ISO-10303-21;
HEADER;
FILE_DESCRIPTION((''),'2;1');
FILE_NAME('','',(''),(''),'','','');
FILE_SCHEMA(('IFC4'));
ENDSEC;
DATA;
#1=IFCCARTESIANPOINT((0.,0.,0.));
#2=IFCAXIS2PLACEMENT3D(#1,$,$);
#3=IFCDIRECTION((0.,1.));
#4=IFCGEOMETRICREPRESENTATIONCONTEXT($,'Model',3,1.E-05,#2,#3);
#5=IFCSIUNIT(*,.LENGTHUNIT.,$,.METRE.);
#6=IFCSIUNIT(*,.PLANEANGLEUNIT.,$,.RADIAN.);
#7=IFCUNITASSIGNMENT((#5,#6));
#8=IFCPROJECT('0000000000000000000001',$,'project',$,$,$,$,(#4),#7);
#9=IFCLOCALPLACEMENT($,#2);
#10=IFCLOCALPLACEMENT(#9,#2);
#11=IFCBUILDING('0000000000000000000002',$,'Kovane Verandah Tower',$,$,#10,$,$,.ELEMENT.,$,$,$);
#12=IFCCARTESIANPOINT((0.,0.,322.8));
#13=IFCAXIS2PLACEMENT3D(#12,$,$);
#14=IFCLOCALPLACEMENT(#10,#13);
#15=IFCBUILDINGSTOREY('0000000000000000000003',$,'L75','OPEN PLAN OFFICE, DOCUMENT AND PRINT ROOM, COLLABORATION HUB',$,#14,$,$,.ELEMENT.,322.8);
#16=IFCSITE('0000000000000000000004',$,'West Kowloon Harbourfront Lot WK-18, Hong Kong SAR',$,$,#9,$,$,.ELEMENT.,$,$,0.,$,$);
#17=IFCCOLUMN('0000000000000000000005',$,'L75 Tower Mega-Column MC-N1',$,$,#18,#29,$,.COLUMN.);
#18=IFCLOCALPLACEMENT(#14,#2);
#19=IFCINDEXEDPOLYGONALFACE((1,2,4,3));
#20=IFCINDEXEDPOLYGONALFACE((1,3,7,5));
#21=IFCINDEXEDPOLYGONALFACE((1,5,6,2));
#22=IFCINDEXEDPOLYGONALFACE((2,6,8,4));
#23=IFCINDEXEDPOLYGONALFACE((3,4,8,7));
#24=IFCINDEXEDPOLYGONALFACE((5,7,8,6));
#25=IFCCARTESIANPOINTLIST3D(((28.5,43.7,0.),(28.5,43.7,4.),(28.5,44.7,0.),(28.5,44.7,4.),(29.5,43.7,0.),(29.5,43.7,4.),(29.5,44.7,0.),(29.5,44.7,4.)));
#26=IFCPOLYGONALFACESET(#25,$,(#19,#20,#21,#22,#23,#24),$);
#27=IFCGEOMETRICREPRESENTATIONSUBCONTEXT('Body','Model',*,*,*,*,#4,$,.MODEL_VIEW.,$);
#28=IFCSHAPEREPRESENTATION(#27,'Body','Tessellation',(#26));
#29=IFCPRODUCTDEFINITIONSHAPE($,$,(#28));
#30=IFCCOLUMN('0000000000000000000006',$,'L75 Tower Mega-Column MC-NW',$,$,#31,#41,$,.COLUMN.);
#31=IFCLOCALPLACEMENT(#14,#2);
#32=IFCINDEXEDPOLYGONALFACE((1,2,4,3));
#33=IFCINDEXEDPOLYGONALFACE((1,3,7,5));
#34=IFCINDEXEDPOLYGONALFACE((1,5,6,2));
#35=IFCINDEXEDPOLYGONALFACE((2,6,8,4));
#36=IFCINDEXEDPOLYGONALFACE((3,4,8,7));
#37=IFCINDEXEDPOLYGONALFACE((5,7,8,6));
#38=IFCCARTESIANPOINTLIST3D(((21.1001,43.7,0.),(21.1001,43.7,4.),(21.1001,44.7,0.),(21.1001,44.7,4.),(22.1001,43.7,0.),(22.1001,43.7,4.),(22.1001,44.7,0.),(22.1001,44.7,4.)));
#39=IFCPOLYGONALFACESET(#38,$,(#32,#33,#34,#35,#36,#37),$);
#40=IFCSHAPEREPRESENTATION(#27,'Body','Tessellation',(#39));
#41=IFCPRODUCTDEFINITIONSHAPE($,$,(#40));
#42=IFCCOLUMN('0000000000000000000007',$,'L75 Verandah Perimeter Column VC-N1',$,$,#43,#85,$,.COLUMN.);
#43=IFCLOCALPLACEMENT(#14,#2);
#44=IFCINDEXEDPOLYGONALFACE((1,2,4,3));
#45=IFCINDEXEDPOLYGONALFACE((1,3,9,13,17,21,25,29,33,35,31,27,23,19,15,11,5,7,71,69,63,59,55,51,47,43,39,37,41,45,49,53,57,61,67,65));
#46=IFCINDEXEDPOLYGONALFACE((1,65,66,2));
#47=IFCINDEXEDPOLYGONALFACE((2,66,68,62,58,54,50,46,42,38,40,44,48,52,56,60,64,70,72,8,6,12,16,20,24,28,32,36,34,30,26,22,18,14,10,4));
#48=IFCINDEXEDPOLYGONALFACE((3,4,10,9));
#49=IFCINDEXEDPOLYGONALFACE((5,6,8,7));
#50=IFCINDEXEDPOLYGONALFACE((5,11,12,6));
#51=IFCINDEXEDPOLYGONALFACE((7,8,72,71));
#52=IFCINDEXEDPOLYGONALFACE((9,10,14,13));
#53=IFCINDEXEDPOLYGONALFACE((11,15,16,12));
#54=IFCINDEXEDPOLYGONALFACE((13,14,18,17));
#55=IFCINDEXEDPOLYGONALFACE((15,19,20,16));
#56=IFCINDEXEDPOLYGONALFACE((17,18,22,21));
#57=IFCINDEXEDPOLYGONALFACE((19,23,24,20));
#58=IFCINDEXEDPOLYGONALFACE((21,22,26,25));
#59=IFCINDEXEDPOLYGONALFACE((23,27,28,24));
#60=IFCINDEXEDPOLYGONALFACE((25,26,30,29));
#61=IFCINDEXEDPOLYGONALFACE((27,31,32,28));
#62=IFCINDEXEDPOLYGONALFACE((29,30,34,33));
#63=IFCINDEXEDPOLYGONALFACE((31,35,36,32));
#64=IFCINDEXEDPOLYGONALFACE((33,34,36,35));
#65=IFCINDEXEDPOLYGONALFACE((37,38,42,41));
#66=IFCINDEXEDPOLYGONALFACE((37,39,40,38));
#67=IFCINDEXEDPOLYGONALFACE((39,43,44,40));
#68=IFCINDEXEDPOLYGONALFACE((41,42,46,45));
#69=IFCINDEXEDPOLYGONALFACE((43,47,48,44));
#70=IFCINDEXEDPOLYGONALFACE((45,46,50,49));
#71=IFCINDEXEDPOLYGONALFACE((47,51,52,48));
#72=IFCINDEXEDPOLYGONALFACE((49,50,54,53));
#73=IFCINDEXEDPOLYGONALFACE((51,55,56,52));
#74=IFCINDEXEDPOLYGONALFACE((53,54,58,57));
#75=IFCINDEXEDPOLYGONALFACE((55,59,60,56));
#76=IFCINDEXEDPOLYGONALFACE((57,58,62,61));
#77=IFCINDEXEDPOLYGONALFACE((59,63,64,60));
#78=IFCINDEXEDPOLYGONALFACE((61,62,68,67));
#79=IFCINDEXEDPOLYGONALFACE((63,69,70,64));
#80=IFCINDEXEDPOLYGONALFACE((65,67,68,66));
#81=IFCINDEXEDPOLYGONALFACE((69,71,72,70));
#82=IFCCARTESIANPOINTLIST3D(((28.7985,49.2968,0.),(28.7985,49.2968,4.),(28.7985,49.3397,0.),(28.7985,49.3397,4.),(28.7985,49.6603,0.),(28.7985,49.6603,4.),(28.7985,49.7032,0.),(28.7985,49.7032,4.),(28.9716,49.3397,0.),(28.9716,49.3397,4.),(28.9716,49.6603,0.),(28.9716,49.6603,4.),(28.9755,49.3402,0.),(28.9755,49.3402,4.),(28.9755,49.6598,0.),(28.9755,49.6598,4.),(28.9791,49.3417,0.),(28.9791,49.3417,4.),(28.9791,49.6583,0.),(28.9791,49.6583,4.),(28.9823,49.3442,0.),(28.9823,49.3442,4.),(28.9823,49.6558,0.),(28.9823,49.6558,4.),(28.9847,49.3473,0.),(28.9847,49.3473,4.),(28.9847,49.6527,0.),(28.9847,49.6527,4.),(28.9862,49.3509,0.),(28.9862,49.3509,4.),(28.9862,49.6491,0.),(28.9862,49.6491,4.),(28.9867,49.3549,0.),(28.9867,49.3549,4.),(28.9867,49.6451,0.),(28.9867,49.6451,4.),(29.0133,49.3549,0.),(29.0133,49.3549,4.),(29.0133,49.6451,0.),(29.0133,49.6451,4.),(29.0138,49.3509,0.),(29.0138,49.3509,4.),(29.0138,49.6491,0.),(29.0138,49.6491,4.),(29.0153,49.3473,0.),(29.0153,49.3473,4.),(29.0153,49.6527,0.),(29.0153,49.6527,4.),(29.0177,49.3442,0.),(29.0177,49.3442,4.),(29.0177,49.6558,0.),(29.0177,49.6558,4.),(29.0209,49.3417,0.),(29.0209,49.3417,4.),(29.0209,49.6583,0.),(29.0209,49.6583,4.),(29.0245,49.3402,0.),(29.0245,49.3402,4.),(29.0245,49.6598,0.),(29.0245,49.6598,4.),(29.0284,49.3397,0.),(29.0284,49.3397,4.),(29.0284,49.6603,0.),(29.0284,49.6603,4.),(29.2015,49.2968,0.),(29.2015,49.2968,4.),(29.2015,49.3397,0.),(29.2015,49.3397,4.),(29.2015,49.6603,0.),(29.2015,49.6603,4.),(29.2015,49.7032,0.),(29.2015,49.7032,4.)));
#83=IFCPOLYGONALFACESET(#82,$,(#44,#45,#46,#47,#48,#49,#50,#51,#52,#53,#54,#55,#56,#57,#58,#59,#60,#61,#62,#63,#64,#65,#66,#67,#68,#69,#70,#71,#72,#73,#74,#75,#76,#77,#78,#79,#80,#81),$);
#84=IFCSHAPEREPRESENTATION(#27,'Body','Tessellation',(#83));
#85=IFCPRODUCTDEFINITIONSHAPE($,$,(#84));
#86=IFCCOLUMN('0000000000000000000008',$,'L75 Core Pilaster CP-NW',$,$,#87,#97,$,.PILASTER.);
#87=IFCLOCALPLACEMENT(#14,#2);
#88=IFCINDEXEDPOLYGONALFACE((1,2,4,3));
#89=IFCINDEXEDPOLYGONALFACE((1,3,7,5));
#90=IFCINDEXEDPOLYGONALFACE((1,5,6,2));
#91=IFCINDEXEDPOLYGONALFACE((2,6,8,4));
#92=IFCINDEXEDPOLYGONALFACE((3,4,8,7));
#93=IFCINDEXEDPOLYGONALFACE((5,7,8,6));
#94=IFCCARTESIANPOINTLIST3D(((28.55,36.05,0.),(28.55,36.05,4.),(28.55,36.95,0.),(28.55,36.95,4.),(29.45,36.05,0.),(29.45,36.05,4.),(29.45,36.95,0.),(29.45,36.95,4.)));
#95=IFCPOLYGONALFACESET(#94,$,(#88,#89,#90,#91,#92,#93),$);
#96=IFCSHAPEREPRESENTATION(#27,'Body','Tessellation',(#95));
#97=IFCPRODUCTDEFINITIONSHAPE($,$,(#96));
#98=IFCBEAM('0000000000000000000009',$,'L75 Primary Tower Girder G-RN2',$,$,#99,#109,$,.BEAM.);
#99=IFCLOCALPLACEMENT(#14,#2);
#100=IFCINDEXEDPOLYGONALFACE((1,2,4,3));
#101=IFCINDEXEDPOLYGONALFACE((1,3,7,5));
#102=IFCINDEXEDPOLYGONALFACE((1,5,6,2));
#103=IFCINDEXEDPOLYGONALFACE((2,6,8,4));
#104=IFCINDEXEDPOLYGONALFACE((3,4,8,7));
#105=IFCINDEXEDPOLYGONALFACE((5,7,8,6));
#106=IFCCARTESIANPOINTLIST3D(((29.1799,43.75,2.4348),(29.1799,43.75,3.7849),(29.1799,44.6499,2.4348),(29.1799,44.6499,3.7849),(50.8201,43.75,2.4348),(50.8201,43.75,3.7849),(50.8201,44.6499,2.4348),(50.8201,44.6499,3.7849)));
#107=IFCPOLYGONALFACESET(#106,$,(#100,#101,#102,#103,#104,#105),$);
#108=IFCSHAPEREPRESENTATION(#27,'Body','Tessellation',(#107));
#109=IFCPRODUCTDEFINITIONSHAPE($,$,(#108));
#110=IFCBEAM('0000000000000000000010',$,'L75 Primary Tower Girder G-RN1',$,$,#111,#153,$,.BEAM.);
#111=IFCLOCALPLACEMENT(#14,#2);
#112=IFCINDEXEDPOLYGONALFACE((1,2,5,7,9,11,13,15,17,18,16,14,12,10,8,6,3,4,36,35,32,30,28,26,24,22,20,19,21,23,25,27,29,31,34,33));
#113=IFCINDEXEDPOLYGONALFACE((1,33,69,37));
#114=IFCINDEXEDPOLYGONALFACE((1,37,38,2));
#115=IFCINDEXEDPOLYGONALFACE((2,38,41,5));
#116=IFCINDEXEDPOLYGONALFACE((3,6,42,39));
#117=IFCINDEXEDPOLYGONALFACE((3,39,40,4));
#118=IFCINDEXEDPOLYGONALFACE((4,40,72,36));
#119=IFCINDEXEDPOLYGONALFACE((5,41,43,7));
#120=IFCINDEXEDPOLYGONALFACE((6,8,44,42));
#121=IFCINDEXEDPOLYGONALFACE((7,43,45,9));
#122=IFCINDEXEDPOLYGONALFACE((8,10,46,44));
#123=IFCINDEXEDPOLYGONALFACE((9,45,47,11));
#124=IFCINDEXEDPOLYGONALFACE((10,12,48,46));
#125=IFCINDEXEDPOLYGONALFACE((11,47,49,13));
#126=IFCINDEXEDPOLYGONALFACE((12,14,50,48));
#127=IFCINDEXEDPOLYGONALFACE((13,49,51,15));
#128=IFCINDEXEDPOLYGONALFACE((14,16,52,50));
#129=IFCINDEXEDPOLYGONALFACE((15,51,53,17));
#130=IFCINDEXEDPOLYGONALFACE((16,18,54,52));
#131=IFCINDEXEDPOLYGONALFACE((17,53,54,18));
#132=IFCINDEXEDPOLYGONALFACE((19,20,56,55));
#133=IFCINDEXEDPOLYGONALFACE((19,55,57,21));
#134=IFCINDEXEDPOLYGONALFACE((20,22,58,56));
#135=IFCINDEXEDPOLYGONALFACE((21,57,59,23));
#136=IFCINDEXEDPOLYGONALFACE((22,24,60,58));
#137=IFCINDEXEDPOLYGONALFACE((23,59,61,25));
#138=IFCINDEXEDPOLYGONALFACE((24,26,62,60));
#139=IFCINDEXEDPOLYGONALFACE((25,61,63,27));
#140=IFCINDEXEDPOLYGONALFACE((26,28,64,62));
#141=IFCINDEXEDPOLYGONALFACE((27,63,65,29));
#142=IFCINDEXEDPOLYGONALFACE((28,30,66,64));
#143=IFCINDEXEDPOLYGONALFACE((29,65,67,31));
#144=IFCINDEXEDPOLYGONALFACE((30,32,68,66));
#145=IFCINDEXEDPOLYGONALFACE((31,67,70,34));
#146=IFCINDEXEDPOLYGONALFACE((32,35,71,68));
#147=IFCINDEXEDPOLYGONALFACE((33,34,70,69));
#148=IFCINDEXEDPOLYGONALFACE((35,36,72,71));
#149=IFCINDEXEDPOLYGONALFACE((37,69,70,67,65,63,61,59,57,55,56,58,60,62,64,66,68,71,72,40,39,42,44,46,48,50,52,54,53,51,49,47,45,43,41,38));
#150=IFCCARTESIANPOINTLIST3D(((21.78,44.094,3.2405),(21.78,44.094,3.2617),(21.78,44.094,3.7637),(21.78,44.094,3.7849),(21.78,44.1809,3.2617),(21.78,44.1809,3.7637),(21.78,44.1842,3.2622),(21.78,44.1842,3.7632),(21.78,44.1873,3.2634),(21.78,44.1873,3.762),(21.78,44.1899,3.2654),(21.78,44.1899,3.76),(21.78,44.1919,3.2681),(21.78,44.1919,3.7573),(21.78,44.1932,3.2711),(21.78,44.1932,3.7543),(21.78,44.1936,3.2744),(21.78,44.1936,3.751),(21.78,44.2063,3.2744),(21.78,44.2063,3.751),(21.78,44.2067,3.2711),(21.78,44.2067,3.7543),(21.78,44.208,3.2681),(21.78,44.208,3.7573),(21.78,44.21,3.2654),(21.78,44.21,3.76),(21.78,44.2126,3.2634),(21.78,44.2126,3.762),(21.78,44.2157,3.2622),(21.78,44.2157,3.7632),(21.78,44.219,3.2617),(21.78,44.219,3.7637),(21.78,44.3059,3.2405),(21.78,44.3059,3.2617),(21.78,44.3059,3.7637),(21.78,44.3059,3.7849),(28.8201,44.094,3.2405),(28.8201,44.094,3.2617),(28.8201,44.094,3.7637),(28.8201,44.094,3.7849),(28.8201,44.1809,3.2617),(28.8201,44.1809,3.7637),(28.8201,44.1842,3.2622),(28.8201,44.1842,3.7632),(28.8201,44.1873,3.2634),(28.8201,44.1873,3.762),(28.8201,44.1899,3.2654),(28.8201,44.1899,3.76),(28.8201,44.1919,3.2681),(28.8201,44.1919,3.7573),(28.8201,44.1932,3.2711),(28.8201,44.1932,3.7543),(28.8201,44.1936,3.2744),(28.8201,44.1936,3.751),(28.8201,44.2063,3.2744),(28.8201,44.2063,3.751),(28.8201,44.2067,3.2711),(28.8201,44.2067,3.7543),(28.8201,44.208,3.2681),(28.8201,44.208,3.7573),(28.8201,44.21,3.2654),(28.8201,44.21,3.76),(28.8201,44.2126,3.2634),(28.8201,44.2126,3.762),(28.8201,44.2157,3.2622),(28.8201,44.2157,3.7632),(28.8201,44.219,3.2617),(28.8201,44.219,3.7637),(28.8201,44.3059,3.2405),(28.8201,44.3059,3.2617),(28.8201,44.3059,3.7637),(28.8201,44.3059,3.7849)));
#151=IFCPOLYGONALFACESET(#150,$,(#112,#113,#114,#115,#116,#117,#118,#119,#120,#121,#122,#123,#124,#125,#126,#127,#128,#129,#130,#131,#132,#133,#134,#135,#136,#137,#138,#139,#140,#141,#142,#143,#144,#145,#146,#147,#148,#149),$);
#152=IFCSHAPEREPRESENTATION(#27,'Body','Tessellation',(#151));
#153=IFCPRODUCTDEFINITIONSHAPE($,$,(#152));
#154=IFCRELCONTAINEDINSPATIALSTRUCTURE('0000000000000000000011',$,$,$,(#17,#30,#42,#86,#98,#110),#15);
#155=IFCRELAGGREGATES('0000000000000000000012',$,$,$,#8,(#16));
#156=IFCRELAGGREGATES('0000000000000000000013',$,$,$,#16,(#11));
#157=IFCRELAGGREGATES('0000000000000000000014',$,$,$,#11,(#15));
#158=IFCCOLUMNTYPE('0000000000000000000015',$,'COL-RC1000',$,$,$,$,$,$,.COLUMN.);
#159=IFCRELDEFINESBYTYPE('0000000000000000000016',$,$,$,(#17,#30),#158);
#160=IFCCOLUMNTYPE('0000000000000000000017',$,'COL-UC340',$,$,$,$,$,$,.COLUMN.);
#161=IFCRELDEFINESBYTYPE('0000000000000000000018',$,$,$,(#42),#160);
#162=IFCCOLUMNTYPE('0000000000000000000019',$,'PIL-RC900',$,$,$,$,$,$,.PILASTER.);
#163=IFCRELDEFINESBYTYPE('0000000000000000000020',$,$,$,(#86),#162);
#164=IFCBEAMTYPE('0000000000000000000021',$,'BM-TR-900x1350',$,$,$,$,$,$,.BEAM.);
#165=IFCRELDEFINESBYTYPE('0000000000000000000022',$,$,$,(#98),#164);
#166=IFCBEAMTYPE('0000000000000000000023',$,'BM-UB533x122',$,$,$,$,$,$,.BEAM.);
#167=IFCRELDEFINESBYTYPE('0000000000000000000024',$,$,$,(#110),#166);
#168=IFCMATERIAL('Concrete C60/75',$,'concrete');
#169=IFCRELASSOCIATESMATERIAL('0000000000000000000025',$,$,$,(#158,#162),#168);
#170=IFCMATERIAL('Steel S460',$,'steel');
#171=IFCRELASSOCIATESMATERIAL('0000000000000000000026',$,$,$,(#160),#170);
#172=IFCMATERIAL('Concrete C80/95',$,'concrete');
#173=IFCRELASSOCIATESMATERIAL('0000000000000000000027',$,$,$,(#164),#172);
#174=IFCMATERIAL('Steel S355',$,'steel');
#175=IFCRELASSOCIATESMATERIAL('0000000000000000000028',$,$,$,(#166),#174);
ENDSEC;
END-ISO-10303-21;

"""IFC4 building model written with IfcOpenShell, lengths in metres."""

from ifc_helpers import new_model, si_unit, direction, frame, origin, origin_2d, place, context, subcontext, project, spatial, rectangle, i_section, extrude, material, material_profile, profile_set, type_object, element, save


model = new_model("IFC4")

# Units and contexts
model_context = context("Model", 3, precision=1e-05, world=origin(), true_north=direction((0.0, 1.0)))
body_context = subcontext(model_context, "Body", "Model", "MODEL_VIEW")
ifc_project = project(units=[si_unit("LENGTHUNIT", "METRE"), si_unit("PLANEANGLEUNIT", "RADIAN")], contexts=[model_context])

# Site, building, storey
site_placement = place(None, origin())
site = spatial("IfcSite", under=ifc_project, at=site_placement, Name="West Kowloon Harbourfront Lot WK-18, Hong Kong SAR", CompositionType="ELEMENT", RefElevation=0.0)
building_placement = place(site_placement, origin())
building = spatial("IfcBuilding", under=site, at=building_placement, Name="Kovane Verandah Tower", CompositionType="ELEMENT")
storey_placement = place(building_placement, frame((0.0, 0.0, 322.8)))
storey = spatial("IfcBuildingStorey", under=building, at=storey_placement, Name="L75", Description="OPEN PLAN OFFICE, DOCUMENT AND PRINT ROOM, COLLABORATION HUB", CompositionType="ELEMENT", Elevation=322.8)

# Columns
ifc_material_1 = material(Name="Concrete C60/75", Category="concrete")
ifc_material_profile_1 = material_profile(ifc_material_1, rectangle(XDim=1.0, YDim=1.0, at=origin_2d()), Name="RC1000x1000")
ifc_profile_set_1 = profile_set([ifc_material_profile_1], Name="Concrete C60/75")
column_type_1 = type_object("IfcColumnType", Name="COL-RC1000", PredefinedType="COLUMN", material=ifc_profile_set_1)
for number, where, z_axis, x_axis, name in (
    (1, (29.0, 44.2, 0.0), (0.0, 0.0, 1.0), (1.0, 0.0, 0.0), "L75 Tower Mega-Column MC-N1"),
    (2, (21.6001, 44.2, 0.0), (0.0, 0.0, 1.0), (1.0, 0.0, 0.0), "L75 Tower Mega-Column MC-NW"),
):
    element("IfcColumn", number, at=place(storey_placement, frame(where, z_axis=z_axis, x_axis=x_axis)), inside=storey, type_object=column_type_1, Name=name, PredefinedType="COLUMN", context=body_context, shape_type="SweptSolid", body=[
        extrude(rectangle(XDim=1.0, YDim=1.0, at=origin_2d()), origin(), (0.0, 0.0, 1.0), 4.0),
    ])
ifc_material_2 = material(Name="Steel S460", Category="steel")
ifc_material_profile_2 = material_profile(ifc_material_2, i_section(OverallWidth=0.4031, OverallDepth=0.4065, WebThickness=0.0266, FlangeThickness=0.043, FilletRadius=0.0151, at=origin_2d()), Name="UC356x406x340")
ifc_profile_set_2 = profile_set([ifc_material_profile_2], Name="Steel S460")
column_type_2 = type_object("IfcColumnType", Name="COL-UC340", PredefinedType="COLUMN", material=ifc_profile_set_2)
column_1_placement = place(storey_placement, frame((29.0, 49.5, 0.0), z_axis=(0.0, 0.0, 1.0), x_axis=(1.0, 0.0, 0.0)))
element("IfcColumn", 3, at=column_1_placement, inside=storey, type_object=column_type_2, Name="L75 Verandah Perimeter Column VC-N1", PredefinedType="COLUMN", context=body_context, shape_type="SweptSolid", body=[
    extrude(i_section(OverallWidth=0.4031, OverallDepth=0.4065, WebThickness=0.0266, FlangeThickness=0.043, FilletRadius=0.0151, at=origin_2d()), origin(), (0.0, 0.0, 1.0), 4.0),
])
ifc_material_profile_3 = material_profile(ifc_material_1, rectangle(XDim=0.8999, YDim=0.8999, at=origin_2d()), Name="RC900x900")
ifc_profile_set_3 = profile_set([ifc_material_profile_3], Name="Concrete C60/75")
column_type_3 = type_object("IfcColumnType", Name="PIL-RC900", PredefinedType="PILASTER", material=ifc_profile_set_3)
column_2_placement = place(storey_placement, frame((29.0, 36.5, 0.0), z_axis=(0.0, 0.0, 1.0), x_axis=(1.0, 0.0, 0.0)))
element("IfcColumn", 4, at=column_2_placement, inside=storey, type_object=column_type_3, Name="L75 Core Pilaster CP-NW", PredefinedType="PILASTER", context=body_context, shape_type="SweptSolid", body=[
    extrude(rectangle(XDim=0.8999, YDim=0.8999, at=origin_2d()), origin(), (0.0, 0.0, 1.0), 4.0),
])

# Beams
ifc_material_3 = material(Name="Concrete C80/95", Category="concrete")
ifc_material_profile_4 = material_profile(ifc_material_3, rectangle(XDim=0.8999, YDim=1.3501, at=origin_2d()), Name="RCB900x1350")
ifc_profile_set_4 = profile_set([ifc_material_profile_4], Name="Concrete C80/95")
beam_type_1 = type_object("IfcBeamType", Name="BM-TR-900x1350", PredefinedType="BEAM", material=ifc_profile_set_4)
beam_1_placement = place(storey_placement, frame((29.1799, 44.2, 3.1099), z_axis=(1.0, 0.0, 0.0), x_axis=(0.0, 1.0, 0.0)))
element("IfcBeam", 5, at=beam_1_placement, inside=storey, type_object=beam_type_1, Name="L75 Primary Tower Girder G-RN2", PredefinedType="BEAM", context=body_context, shape_type="SweptSolid", body=[
    extrude(rectangle(XDim=0.8999, YDim=1.3501, at=origin_2d()), origin(), (0.0, 0.0, 1.0), 21.6401),
])
ifc_material_4 = material(Name="Steel S355", Category="steel")
ifc_material_profile_5 = material_profile(ifc_material_4, i_section(OverallWidth=0.2119, OverallDepth=0.5444, WebThickness=0.0127, FlangeThickness=0.0212, FilletRadius=0.0127, at=origin_2d()), Name="UB533x210x122")
ifc_profile_set_5 = profile_set([ifc_material_profile_5], Name="Steel S355")
beam_type_2 = type_object("IfcBeamType", Name="BM-UB533x122", PredefinedType="BEAM", material=ifc_profile_set_5)
for number, where, z_axis, x_axis, name in (
    (6, (21.78, 44.2, 3.5127), (1.0, 0.0, 0.0), (0.0, 1.0, 0.0), "L75 Primary Tower Girder G-RN1"),
):
    element("IfcBeam", number, at=place(storey_placement, frame(where, z_axis=z_axis, x_axis=x_axis)), inside=storey, type_object=beam_type_2, Name=name, PredefinedType="BEAM", context=body_context, shape_type="SweptSolid", body=[
        extrude(i_section(OverallWidth=0.2119, OverallDepth=0.5444, WebThickness=0.0127, FlangeThickness=0.0212, FilletRadius=0.0127, at=origin_2d()), origin(), (0.0, 0.0, 1.0), 7.04),
    ])

save(model, "model.ifc")
